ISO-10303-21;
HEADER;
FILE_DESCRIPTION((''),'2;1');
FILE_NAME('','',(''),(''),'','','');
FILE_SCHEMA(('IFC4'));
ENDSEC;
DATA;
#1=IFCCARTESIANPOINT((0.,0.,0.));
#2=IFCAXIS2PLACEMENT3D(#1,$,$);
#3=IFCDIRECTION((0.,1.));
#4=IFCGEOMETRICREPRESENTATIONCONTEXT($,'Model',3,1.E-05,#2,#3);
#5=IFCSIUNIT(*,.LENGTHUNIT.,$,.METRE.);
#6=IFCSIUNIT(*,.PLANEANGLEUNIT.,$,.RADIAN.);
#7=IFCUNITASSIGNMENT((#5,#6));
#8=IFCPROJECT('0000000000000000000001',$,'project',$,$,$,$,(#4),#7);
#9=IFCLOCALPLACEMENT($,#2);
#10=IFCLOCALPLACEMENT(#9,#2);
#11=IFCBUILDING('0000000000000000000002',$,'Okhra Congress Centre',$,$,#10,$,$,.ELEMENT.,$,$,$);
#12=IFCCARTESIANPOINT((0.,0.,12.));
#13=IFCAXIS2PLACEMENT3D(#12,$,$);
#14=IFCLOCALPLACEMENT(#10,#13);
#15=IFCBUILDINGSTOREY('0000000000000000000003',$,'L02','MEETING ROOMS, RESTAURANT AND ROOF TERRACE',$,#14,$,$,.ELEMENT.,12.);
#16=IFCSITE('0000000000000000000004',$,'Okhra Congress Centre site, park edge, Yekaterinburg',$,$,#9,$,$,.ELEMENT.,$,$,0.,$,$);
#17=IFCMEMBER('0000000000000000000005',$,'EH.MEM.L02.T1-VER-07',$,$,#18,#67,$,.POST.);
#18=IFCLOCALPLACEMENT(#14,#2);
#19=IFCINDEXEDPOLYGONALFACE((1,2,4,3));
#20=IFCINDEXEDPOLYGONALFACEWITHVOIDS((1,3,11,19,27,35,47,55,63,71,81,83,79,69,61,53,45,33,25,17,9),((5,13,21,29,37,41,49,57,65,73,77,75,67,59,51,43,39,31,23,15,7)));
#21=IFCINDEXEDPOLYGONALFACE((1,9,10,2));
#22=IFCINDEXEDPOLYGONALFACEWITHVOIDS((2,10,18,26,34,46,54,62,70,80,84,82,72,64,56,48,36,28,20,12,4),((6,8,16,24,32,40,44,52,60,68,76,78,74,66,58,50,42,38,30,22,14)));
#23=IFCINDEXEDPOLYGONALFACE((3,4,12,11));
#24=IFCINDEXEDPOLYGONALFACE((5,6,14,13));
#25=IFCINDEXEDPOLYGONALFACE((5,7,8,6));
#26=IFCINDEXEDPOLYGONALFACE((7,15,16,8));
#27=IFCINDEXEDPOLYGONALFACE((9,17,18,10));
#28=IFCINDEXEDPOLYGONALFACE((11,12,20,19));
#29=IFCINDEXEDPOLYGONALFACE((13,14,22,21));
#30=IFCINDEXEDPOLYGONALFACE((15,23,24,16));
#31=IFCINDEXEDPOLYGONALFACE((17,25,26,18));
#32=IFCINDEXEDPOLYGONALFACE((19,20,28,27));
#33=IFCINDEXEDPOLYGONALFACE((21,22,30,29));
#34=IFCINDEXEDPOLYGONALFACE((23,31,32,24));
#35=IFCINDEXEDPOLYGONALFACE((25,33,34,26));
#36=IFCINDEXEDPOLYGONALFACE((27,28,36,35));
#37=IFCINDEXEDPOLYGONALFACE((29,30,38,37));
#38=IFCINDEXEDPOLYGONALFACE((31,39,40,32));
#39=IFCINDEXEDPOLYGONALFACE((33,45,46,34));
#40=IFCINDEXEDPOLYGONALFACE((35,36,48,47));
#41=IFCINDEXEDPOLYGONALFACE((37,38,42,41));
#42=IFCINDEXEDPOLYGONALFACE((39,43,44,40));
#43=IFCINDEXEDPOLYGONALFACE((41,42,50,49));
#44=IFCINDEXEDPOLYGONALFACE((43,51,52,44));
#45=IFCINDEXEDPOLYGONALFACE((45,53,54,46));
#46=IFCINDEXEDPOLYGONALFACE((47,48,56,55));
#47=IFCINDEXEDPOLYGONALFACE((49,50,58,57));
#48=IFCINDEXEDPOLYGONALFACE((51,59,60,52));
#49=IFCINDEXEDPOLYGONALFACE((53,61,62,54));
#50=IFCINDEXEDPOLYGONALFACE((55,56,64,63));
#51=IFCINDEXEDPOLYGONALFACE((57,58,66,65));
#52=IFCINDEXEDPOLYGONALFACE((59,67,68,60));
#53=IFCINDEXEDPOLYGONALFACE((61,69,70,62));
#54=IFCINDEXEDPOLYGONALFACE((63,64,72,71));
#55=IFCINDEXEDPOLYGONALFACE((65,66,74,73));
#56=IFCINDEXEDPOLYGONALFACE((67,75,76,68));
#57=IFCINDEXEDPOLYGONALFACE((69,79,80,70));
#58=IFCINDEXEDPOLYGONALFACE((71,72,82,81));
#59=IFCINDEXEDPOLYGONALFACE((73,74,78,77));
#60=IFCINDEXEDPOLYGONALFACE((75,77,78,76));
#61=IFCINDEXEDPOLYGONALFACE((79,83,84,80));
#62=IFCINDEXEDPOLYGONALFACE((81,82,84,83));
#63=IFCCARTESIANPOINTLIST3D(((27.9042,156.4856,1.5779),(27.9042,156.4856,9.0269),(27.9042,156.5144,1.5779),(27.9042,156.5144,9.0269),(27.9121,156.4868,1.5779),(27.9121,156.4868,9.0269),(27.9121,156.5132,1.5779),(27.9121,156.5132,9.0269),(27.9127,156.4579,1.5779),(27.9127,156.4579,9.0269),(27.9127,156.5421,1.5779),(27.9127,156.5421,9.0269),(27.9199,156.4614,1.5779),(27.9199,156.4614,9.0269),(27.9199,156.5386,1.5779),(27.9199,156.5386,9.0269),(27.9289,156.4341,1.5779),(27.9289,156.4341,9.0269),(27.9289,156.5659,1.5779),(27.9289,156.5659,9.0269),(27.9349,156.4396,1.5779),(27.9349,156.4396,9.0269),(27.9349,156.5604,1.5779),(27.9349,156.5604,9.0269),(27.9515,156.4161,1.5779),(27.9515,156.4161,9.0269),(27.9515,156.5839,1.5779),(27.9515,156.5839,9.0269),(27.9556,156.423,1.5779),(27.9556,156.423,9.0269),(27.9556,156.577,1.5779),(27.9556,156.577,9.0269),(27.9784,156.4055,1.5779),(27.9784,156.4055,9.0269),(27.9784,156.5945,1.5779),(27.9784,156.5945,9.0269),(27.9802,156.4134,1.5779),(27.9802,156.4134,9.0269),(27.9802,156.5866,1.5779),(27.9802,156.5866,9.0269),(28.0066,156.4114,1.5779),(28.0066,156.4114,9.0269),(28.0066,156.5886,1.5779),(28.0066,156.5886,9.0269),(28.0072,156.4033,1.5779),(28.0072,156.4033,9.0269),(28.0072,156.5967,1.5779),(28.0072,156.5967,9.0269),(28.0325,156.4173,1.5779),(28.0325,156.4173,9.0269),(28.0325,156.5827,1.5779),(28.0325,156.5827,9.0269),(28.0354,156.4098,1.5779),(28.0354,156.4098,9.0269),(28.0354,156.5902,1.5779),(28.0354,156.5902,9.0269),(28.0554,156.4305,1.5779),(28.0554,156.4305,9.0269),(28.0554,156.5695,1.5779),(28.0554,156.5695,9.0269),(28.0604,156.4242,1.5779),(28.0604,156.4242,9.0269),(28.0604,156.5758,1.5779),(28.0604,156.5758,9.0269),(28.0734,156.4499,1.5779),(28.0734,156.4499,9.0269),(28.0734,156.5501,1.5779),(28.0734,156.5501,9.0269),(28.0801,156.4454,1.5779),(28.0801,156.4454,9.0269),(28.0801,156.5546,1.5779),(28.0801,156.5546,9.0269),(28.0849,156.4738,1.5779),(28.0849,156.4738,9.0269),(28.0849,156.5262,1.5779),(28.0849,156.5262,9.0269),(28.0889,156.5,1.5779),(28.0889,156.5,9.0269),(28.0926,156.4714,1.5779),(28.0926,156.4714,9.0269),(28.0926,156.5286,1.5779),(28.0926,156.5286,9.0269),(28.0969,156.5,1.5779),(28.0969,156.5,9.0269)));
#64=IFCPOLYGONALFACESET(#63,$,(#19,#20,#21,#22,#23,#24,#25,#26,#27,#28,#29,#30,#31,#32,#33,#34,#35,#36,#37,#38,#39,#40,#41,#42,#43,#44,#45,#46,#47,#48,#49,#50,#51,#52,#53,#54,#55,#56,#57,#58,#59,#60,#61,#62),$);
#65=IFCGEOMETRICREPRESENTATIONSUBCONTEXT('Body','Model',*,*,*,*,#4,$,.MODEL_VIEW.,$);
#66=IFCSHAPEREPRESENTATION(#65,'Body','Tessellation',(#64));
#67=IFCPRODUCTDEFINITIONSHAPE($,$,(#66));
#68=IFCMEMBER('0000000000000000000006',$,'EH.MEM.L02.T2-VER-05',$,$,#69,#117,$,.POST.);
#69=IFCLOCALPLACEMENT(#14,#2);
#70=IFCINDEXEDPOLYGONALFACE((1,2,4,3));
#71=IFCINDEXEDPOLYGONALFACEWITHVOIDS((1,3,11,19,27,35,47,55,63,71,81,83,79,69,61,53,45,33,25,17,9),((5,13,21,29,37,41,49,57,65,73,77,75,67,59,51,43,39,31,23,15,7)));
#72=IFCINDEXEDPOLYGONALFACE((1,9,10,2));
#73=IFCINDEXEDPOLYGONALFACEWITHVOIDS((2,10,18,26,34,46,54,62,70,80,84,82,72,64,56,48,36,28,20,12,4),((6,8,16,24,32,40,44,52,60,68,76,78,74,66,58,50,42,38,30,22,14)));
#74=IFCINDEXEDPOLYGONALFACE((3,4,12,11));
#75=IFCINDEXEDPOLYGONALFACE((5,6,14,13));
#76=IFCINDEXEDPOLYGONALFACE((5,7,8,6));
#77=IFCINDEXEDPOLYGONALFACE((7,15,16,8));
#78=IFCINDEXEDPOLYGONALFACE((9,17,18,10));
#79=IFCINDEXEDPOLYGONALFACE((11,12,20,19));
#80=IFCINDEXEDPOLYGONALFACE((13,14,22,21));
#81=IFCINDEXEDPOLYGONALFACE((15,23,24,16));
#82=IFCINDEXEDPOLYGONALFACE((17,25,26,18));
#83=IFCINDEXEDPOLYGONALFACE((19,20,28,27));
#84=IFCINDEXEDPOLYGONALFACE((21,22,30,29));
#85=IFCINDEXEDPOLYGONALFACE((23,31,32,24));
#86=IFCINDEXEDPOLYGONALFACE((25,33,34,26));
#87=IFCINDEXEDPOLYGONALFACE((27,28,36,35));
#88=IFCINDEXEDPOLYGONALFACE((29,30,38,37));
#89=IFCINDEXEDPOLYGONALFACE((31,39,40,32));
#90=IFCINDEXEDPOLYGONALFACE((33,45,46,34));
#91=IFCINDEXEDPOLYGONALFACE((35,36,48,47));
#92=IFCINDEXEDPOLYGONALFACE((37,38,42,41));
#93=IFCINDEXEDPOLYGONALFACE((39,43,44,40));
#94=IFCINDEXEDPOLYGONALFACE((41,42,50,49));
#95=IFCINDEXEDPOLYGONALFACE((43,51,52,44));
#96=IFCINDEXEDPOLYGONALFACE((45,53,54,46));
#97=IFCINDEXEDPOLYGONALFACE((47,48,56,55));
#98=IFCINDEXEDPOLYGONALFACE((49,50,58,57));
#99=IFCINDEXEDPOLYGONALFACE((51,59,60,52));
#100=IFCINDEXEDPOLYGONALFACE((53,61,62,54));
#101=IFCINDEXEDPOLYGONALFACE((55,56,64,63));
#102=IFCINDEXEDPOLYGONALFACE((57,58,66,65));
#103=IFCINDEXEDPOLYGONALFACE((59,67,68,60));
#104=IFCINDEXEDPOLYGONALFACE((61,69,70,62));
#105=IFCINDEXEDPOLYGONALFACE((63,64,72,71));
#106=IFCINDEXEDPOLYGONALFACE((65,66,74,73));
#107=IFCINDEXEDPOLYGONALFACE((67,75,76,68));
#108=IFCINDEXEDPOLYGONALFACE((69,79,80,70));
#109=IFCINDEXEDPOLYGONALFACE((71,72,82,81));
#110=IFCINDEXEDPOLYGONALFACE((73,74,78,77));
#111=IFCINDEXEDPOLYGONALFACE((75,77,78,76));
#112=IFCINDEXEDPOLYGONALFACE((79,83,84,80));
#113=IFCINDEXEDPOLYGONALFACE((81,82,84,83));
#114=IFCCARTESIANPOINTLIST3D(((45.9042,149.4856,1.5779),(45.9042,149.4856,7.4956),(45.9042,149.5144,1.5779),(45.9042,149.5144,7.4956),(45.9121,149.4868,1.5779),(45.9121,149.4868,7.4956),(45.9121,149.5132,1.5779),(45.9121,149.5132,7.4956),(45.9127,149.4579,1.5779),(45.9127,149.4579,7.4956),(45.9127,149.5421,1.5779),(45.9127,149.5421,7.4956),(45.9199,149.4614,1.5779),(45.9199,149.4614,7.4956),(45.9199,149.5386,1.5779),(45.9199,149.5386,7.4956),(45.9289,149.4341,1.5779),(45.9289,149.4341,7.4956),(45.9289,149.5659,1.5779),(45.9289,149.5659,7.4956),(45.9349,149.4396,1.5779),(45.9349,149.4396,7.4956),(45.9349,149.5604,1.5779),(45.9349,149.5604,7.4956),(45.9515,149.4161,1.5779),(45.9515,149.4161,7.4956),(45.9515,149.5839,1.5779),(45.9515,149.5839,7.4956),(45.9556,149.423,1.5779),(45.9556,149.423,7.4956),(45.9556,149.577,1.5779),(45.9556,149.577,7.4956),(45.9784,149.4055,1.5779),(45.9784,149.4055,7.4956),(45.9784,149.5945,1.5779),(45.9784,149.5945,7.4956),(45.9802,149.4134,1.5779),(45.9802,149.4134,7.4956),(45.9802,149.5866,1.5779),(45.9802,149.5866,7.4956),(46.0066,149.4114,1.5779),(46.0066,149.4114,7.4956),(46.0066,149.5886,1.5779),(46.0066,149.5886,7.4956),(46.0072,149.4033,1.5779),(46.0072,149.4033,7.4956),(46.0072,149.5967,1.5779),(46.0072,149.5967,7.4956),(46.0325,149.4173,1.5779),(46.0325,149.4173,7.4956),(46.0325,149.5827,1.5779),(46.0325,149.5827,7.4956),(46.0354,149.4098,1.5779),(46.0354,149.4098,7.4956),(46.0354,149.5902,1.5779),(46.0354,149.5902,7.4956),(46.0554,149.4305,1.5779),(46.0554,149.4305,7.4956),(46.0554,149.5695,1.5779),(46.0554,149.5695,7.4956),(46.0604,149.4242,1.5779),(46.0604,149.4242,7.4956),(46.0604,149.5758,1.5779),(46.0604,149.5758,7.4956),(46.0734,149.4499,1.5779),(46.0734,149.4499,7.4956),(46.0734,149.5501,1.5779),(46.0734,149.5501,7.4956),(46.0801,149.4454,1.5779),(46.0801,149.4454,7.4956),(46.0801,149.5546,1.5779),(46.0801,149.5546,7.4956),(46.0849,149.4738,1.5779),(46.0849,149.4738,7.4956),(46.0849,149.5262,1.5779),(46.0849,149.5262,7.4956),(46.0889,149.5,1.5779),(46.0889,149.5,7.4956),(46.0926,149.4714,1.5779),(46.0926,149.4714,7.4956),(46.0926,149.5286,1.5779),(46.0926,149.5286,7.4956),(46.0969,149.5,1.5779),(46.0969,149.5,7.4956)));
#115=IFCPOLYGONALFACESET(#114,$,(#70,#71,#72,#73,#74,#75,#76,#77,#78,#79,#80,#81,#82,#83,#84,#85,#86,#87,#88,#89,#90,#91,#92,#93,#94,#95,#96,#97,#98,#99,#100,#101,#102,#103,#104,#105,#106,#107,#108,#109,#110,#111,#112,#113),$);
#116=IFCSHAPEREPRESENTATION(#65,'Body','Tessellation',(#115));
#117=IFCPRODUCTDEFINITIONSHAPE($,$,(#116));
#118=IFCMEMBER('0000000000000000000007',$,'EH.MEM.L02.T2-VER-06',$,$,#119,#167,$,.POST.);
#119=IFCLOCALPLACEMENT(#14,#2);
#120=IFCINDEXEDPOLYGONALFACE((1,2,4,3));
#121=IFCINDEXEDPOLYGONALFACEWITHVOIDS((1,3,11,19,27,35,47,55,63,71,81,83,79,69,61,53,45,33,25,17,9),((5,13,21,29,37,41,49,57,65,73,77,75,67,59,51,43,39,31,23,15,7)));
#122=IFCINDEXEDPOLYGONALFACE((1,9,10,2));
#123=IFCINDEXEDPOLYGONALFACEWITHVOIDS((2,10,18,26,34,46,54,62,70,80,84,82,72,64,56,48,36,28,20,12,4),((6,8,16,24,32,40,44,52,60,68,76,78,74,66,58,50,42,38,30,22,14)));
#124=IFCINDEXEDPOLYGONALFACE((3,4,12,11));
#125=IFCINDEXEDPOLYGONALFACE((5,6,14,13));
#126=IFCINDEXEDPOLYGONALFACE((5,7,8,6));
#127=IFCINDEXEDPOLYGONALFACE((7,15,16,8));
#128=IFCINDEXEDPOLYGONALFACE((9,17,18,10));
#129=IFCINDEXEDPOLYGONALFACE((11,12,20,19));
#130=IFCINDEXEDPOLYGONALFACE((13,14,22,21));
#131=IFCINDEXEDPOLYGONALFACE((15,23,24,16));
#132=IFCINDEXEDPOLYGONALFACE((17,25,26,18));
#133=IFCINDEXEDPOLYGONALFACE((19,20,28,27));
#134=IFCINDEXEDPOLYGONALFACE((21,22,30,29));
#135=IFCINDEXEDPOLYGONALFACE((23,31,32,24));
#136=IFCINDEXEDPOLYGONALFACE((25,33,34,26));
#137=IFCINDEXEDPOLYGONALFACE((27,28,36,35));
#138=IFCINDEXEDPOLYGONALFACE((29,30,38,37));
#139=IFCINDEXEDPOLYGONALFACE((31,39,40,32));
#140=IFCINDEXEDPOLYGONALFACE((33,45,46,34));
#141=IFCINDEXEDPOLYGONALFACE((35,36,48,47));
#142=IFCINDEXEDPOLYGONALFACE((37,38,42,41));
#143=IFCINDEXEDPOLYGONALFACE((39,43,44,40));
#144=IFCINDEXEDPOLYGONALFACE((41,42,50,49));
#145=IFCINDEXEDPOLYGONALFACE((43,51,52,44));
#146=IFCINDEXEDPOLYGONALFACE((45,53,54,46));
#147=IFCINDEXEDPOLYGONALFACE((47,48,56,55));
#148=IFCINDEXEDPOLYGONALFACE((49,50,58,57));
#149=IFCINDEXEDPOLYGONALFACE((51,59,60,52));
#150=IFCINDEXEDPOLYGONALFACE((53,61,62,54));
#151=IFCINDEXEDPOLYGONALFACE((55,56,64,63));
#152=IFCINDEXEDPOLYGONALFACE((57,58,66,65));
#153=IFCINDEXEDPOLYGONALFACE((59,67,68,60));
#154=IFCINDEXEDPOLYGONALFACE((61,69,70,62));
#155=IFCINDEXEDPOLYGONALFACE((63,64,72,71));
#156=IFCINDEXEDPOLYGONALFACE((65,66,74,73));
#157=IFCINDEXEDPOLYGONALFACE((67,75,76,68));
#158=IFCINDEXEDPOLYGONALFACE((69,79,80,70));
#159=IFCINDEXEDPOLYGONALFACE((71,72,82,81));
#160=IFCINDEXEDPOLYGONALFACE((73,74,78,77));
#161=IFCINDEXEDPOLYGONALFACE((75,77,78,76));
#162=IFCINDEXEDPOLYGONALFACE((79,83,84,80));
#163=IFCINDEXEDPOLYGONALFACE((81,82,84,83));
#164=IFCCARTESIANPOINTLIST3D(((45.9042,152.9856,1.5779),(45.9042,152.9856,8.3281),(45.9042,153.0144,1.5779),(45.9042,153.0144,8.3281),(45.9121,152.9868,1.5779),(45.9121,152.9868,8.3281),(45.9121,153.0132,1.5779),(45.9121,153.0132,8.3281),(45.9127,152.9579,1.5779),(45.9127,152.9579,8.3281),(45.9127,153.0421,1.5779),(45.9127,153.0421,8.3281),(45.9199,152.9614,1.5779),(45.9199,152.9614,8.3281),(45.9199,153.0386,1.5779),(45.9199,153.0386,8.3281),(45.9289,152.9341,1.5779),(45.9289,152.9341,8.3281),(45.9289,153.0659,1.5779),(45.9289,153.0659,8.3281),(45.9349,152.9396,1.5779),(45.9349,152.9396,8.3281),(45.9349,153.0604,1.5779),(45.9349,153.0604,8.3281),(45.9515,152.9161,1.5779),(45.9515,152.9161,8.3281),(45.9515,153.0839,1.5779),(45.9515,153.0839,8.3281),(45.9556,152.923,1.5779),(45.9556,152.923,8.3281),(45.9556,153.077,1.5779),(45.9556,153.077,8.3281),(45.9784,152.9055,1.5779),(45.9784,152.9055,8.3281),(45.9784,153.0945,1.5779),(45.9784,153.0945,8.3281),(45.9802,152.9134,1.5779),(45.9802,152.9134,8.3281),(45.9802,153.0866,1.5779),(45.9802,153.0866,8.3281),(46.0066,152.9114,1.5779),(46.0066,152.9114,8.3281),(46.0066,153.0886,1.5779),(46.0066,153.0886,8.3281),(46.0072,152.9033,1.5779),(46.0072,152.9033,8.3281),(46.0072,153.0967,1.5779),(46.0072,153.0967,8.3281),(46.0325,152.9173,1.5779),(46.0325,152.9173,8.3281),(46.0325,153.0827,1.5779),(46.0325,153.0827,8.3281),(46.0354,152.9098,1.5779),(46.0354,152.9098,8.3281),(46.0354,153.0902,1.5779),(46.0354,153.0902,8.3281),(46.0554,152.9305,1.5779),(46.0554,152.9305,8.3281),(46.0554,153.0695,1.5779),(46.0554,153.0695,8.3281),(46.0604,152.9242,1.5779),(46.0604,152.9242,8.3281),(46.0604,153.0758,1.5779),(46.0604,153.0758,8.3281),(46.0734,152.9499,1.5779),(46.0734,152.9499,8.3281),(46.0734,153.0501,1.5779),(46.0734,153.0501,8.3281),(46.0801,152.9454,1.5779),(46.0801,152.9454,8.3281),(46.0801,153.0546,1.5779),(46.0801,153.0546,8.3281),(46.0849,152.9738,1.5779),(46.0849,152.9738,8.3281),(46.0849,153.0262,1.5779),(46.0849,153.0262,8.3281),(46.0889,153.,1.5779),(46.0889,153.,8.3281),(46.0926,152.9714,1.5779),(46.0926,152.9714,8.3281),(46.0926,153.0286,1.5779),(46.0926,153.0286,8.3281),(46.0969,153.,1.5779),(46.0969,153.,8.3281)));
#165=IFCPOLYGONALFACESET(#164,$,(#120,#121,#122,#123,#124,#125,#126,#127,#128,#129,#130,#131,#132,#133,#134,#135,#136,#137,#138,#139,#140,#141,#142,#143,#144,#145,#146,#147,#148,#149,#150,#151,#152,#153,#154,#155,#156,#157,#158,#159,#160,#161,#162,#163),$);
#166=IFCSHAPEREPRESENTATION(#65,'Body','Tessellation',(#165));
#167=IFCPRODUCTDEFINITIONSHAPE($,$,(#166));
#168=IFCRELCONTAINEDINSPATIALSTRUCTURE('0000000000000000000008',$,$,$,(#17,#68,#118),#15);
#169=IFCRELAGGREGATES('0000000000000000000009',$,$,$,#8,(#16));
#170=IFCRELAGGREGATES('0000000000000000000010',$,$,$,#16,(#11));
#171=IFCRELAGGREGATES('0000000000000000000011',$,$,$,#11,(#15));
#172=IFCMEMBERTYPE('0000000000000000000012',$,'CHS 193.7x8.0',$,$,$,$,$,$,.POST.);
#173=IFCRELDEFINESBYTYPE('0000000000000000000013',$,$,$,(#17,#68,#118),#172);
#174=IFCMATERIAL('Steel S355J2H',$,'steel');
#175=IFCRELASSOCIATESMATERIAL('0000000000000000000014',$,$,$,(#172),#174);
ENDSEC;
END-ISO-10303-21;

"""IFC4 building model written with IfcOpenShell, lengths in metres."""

from ifc_helpers import new_model, si_unit, direction, frame, origin, origin_2d, place, context, subcontext, project, spatial, hollow_circle, extrude, material, material_profile, profile_set, type_object, element, save


model = new_model("IFC4")

# Units and contexts
model_context = context("Model", 3, precision=1e-05, world=origin(), true_north=direction((0.0, 1.0)))
body_context = subcontext(model_context, "Body", "Model", "MODEL_VIEW")
ifc_project = project(units=[si_unit("LENGTHUNIT", "METRE"), si_unit("PLANEANGLEUNIT", "RADIAN")], contexts=[model_context])

# Site, building, storey
site_placement = place(None, origin())
site = spatial("IfcSite", under=ifc_project, at=site_placement, Name="Okhra Congress Centre site, park edge, Yekaterinburg", CompositionType="ELEMENT", RefElevation=0.0)
building_placement = place(site_placement, origin())
building = spatial("IfcBuilding", under=site, at=building_placement, Name="Okhra Congress Centre", CompositionType="ELEMENT")
storey_placement = place(building_placement, frame((0.0, 0.0, 12.0)))
storey = spatial("IfcBuildingStorey", under=building, at=storey_placement, Name="L02", Description="MEETING ROOMS, RESTAURANT AND ROOF TERRACE", CompositionType="ELEMENT", Elevation=12.0)

# Members
ifc_material_1 = material(Name="Steel S355J2H", Category="steel")
ifc_material_profile_1 = material_profile(ifc_material_1, hollow_circle(Radius=0.0969, WallThickness=0.0081, at=origin_2d()), Name="CHS 193.7x8.0")
ifc_profile_set_1 = profile_set([ifc_material_profile_1], Name="Steel S355J2H")
member_type_1 = type_object("IfcMemberType", Name="CHS 193.7x8.0", PredefinedType="POST", material=ifc_profile_set_1)
member_1_placement = place(storey_placement, frame((28.0, 156.5, 1.5779), z_axis=(0.0, 0.0, 1.0), x_axis=(1.0, 0.0, 0.0)))
element("IfcMember", 1, at=member_1_placement, inside=storey, type_object=member_type_1, Name="EH.MEM.L02.T1-VER-07", PredefinedType="POST", context=body_context, shape_type="SweptSolid", body=[
    extrude(hollow_circle(Radius=0.0969, WallThickness=0.0081, at=origin_2d()), origin(), (0.0, 0.0, 1.0), 7.449),
])
member_2_placement = place(storey_placement, frame((46.0, 149.5, 1.5779), z_axis=(0.0, 0.0, 1.0), x_axis=(1.0, 0.0, 0.0)))
element("IfcMember", 2, at=member_2_placement, inside=storey, type_object=member_type_1, Name="EH.MEM.L02.T2-VER-05", PredefinedType="POST", context=body_context, shape_type="SweptSolid", body=[
    extrude(hollow_circle(Radius=0.0969, WallThickness=0.0081, at=origin_2d()), origin(), (0.0, 0.0, 1.0), 5.9177),
])
member_3_placement = place(storey_placement, frame((46.0, 153.0, 1.5779), z_axis=(0.0, 0.0, 1.0), x_axis=(1.0, 0.0, 0.0)))
element("IfcMember", 3, at=member_3_placement, inside=storey, type_object=member_type_1, Name="EH.MEM.L02.T2-VER-06", PredefinedType="POST", context=body_context, shape_type="SweptSolid", body=[
    extrude(hollow_circle(Radius=0.0969, WallThickness=0.0081, at=origin_2d()), origin(), (0.0, 0.0, 1.0), 6.7502),
])

save(model, "model.ifc")
